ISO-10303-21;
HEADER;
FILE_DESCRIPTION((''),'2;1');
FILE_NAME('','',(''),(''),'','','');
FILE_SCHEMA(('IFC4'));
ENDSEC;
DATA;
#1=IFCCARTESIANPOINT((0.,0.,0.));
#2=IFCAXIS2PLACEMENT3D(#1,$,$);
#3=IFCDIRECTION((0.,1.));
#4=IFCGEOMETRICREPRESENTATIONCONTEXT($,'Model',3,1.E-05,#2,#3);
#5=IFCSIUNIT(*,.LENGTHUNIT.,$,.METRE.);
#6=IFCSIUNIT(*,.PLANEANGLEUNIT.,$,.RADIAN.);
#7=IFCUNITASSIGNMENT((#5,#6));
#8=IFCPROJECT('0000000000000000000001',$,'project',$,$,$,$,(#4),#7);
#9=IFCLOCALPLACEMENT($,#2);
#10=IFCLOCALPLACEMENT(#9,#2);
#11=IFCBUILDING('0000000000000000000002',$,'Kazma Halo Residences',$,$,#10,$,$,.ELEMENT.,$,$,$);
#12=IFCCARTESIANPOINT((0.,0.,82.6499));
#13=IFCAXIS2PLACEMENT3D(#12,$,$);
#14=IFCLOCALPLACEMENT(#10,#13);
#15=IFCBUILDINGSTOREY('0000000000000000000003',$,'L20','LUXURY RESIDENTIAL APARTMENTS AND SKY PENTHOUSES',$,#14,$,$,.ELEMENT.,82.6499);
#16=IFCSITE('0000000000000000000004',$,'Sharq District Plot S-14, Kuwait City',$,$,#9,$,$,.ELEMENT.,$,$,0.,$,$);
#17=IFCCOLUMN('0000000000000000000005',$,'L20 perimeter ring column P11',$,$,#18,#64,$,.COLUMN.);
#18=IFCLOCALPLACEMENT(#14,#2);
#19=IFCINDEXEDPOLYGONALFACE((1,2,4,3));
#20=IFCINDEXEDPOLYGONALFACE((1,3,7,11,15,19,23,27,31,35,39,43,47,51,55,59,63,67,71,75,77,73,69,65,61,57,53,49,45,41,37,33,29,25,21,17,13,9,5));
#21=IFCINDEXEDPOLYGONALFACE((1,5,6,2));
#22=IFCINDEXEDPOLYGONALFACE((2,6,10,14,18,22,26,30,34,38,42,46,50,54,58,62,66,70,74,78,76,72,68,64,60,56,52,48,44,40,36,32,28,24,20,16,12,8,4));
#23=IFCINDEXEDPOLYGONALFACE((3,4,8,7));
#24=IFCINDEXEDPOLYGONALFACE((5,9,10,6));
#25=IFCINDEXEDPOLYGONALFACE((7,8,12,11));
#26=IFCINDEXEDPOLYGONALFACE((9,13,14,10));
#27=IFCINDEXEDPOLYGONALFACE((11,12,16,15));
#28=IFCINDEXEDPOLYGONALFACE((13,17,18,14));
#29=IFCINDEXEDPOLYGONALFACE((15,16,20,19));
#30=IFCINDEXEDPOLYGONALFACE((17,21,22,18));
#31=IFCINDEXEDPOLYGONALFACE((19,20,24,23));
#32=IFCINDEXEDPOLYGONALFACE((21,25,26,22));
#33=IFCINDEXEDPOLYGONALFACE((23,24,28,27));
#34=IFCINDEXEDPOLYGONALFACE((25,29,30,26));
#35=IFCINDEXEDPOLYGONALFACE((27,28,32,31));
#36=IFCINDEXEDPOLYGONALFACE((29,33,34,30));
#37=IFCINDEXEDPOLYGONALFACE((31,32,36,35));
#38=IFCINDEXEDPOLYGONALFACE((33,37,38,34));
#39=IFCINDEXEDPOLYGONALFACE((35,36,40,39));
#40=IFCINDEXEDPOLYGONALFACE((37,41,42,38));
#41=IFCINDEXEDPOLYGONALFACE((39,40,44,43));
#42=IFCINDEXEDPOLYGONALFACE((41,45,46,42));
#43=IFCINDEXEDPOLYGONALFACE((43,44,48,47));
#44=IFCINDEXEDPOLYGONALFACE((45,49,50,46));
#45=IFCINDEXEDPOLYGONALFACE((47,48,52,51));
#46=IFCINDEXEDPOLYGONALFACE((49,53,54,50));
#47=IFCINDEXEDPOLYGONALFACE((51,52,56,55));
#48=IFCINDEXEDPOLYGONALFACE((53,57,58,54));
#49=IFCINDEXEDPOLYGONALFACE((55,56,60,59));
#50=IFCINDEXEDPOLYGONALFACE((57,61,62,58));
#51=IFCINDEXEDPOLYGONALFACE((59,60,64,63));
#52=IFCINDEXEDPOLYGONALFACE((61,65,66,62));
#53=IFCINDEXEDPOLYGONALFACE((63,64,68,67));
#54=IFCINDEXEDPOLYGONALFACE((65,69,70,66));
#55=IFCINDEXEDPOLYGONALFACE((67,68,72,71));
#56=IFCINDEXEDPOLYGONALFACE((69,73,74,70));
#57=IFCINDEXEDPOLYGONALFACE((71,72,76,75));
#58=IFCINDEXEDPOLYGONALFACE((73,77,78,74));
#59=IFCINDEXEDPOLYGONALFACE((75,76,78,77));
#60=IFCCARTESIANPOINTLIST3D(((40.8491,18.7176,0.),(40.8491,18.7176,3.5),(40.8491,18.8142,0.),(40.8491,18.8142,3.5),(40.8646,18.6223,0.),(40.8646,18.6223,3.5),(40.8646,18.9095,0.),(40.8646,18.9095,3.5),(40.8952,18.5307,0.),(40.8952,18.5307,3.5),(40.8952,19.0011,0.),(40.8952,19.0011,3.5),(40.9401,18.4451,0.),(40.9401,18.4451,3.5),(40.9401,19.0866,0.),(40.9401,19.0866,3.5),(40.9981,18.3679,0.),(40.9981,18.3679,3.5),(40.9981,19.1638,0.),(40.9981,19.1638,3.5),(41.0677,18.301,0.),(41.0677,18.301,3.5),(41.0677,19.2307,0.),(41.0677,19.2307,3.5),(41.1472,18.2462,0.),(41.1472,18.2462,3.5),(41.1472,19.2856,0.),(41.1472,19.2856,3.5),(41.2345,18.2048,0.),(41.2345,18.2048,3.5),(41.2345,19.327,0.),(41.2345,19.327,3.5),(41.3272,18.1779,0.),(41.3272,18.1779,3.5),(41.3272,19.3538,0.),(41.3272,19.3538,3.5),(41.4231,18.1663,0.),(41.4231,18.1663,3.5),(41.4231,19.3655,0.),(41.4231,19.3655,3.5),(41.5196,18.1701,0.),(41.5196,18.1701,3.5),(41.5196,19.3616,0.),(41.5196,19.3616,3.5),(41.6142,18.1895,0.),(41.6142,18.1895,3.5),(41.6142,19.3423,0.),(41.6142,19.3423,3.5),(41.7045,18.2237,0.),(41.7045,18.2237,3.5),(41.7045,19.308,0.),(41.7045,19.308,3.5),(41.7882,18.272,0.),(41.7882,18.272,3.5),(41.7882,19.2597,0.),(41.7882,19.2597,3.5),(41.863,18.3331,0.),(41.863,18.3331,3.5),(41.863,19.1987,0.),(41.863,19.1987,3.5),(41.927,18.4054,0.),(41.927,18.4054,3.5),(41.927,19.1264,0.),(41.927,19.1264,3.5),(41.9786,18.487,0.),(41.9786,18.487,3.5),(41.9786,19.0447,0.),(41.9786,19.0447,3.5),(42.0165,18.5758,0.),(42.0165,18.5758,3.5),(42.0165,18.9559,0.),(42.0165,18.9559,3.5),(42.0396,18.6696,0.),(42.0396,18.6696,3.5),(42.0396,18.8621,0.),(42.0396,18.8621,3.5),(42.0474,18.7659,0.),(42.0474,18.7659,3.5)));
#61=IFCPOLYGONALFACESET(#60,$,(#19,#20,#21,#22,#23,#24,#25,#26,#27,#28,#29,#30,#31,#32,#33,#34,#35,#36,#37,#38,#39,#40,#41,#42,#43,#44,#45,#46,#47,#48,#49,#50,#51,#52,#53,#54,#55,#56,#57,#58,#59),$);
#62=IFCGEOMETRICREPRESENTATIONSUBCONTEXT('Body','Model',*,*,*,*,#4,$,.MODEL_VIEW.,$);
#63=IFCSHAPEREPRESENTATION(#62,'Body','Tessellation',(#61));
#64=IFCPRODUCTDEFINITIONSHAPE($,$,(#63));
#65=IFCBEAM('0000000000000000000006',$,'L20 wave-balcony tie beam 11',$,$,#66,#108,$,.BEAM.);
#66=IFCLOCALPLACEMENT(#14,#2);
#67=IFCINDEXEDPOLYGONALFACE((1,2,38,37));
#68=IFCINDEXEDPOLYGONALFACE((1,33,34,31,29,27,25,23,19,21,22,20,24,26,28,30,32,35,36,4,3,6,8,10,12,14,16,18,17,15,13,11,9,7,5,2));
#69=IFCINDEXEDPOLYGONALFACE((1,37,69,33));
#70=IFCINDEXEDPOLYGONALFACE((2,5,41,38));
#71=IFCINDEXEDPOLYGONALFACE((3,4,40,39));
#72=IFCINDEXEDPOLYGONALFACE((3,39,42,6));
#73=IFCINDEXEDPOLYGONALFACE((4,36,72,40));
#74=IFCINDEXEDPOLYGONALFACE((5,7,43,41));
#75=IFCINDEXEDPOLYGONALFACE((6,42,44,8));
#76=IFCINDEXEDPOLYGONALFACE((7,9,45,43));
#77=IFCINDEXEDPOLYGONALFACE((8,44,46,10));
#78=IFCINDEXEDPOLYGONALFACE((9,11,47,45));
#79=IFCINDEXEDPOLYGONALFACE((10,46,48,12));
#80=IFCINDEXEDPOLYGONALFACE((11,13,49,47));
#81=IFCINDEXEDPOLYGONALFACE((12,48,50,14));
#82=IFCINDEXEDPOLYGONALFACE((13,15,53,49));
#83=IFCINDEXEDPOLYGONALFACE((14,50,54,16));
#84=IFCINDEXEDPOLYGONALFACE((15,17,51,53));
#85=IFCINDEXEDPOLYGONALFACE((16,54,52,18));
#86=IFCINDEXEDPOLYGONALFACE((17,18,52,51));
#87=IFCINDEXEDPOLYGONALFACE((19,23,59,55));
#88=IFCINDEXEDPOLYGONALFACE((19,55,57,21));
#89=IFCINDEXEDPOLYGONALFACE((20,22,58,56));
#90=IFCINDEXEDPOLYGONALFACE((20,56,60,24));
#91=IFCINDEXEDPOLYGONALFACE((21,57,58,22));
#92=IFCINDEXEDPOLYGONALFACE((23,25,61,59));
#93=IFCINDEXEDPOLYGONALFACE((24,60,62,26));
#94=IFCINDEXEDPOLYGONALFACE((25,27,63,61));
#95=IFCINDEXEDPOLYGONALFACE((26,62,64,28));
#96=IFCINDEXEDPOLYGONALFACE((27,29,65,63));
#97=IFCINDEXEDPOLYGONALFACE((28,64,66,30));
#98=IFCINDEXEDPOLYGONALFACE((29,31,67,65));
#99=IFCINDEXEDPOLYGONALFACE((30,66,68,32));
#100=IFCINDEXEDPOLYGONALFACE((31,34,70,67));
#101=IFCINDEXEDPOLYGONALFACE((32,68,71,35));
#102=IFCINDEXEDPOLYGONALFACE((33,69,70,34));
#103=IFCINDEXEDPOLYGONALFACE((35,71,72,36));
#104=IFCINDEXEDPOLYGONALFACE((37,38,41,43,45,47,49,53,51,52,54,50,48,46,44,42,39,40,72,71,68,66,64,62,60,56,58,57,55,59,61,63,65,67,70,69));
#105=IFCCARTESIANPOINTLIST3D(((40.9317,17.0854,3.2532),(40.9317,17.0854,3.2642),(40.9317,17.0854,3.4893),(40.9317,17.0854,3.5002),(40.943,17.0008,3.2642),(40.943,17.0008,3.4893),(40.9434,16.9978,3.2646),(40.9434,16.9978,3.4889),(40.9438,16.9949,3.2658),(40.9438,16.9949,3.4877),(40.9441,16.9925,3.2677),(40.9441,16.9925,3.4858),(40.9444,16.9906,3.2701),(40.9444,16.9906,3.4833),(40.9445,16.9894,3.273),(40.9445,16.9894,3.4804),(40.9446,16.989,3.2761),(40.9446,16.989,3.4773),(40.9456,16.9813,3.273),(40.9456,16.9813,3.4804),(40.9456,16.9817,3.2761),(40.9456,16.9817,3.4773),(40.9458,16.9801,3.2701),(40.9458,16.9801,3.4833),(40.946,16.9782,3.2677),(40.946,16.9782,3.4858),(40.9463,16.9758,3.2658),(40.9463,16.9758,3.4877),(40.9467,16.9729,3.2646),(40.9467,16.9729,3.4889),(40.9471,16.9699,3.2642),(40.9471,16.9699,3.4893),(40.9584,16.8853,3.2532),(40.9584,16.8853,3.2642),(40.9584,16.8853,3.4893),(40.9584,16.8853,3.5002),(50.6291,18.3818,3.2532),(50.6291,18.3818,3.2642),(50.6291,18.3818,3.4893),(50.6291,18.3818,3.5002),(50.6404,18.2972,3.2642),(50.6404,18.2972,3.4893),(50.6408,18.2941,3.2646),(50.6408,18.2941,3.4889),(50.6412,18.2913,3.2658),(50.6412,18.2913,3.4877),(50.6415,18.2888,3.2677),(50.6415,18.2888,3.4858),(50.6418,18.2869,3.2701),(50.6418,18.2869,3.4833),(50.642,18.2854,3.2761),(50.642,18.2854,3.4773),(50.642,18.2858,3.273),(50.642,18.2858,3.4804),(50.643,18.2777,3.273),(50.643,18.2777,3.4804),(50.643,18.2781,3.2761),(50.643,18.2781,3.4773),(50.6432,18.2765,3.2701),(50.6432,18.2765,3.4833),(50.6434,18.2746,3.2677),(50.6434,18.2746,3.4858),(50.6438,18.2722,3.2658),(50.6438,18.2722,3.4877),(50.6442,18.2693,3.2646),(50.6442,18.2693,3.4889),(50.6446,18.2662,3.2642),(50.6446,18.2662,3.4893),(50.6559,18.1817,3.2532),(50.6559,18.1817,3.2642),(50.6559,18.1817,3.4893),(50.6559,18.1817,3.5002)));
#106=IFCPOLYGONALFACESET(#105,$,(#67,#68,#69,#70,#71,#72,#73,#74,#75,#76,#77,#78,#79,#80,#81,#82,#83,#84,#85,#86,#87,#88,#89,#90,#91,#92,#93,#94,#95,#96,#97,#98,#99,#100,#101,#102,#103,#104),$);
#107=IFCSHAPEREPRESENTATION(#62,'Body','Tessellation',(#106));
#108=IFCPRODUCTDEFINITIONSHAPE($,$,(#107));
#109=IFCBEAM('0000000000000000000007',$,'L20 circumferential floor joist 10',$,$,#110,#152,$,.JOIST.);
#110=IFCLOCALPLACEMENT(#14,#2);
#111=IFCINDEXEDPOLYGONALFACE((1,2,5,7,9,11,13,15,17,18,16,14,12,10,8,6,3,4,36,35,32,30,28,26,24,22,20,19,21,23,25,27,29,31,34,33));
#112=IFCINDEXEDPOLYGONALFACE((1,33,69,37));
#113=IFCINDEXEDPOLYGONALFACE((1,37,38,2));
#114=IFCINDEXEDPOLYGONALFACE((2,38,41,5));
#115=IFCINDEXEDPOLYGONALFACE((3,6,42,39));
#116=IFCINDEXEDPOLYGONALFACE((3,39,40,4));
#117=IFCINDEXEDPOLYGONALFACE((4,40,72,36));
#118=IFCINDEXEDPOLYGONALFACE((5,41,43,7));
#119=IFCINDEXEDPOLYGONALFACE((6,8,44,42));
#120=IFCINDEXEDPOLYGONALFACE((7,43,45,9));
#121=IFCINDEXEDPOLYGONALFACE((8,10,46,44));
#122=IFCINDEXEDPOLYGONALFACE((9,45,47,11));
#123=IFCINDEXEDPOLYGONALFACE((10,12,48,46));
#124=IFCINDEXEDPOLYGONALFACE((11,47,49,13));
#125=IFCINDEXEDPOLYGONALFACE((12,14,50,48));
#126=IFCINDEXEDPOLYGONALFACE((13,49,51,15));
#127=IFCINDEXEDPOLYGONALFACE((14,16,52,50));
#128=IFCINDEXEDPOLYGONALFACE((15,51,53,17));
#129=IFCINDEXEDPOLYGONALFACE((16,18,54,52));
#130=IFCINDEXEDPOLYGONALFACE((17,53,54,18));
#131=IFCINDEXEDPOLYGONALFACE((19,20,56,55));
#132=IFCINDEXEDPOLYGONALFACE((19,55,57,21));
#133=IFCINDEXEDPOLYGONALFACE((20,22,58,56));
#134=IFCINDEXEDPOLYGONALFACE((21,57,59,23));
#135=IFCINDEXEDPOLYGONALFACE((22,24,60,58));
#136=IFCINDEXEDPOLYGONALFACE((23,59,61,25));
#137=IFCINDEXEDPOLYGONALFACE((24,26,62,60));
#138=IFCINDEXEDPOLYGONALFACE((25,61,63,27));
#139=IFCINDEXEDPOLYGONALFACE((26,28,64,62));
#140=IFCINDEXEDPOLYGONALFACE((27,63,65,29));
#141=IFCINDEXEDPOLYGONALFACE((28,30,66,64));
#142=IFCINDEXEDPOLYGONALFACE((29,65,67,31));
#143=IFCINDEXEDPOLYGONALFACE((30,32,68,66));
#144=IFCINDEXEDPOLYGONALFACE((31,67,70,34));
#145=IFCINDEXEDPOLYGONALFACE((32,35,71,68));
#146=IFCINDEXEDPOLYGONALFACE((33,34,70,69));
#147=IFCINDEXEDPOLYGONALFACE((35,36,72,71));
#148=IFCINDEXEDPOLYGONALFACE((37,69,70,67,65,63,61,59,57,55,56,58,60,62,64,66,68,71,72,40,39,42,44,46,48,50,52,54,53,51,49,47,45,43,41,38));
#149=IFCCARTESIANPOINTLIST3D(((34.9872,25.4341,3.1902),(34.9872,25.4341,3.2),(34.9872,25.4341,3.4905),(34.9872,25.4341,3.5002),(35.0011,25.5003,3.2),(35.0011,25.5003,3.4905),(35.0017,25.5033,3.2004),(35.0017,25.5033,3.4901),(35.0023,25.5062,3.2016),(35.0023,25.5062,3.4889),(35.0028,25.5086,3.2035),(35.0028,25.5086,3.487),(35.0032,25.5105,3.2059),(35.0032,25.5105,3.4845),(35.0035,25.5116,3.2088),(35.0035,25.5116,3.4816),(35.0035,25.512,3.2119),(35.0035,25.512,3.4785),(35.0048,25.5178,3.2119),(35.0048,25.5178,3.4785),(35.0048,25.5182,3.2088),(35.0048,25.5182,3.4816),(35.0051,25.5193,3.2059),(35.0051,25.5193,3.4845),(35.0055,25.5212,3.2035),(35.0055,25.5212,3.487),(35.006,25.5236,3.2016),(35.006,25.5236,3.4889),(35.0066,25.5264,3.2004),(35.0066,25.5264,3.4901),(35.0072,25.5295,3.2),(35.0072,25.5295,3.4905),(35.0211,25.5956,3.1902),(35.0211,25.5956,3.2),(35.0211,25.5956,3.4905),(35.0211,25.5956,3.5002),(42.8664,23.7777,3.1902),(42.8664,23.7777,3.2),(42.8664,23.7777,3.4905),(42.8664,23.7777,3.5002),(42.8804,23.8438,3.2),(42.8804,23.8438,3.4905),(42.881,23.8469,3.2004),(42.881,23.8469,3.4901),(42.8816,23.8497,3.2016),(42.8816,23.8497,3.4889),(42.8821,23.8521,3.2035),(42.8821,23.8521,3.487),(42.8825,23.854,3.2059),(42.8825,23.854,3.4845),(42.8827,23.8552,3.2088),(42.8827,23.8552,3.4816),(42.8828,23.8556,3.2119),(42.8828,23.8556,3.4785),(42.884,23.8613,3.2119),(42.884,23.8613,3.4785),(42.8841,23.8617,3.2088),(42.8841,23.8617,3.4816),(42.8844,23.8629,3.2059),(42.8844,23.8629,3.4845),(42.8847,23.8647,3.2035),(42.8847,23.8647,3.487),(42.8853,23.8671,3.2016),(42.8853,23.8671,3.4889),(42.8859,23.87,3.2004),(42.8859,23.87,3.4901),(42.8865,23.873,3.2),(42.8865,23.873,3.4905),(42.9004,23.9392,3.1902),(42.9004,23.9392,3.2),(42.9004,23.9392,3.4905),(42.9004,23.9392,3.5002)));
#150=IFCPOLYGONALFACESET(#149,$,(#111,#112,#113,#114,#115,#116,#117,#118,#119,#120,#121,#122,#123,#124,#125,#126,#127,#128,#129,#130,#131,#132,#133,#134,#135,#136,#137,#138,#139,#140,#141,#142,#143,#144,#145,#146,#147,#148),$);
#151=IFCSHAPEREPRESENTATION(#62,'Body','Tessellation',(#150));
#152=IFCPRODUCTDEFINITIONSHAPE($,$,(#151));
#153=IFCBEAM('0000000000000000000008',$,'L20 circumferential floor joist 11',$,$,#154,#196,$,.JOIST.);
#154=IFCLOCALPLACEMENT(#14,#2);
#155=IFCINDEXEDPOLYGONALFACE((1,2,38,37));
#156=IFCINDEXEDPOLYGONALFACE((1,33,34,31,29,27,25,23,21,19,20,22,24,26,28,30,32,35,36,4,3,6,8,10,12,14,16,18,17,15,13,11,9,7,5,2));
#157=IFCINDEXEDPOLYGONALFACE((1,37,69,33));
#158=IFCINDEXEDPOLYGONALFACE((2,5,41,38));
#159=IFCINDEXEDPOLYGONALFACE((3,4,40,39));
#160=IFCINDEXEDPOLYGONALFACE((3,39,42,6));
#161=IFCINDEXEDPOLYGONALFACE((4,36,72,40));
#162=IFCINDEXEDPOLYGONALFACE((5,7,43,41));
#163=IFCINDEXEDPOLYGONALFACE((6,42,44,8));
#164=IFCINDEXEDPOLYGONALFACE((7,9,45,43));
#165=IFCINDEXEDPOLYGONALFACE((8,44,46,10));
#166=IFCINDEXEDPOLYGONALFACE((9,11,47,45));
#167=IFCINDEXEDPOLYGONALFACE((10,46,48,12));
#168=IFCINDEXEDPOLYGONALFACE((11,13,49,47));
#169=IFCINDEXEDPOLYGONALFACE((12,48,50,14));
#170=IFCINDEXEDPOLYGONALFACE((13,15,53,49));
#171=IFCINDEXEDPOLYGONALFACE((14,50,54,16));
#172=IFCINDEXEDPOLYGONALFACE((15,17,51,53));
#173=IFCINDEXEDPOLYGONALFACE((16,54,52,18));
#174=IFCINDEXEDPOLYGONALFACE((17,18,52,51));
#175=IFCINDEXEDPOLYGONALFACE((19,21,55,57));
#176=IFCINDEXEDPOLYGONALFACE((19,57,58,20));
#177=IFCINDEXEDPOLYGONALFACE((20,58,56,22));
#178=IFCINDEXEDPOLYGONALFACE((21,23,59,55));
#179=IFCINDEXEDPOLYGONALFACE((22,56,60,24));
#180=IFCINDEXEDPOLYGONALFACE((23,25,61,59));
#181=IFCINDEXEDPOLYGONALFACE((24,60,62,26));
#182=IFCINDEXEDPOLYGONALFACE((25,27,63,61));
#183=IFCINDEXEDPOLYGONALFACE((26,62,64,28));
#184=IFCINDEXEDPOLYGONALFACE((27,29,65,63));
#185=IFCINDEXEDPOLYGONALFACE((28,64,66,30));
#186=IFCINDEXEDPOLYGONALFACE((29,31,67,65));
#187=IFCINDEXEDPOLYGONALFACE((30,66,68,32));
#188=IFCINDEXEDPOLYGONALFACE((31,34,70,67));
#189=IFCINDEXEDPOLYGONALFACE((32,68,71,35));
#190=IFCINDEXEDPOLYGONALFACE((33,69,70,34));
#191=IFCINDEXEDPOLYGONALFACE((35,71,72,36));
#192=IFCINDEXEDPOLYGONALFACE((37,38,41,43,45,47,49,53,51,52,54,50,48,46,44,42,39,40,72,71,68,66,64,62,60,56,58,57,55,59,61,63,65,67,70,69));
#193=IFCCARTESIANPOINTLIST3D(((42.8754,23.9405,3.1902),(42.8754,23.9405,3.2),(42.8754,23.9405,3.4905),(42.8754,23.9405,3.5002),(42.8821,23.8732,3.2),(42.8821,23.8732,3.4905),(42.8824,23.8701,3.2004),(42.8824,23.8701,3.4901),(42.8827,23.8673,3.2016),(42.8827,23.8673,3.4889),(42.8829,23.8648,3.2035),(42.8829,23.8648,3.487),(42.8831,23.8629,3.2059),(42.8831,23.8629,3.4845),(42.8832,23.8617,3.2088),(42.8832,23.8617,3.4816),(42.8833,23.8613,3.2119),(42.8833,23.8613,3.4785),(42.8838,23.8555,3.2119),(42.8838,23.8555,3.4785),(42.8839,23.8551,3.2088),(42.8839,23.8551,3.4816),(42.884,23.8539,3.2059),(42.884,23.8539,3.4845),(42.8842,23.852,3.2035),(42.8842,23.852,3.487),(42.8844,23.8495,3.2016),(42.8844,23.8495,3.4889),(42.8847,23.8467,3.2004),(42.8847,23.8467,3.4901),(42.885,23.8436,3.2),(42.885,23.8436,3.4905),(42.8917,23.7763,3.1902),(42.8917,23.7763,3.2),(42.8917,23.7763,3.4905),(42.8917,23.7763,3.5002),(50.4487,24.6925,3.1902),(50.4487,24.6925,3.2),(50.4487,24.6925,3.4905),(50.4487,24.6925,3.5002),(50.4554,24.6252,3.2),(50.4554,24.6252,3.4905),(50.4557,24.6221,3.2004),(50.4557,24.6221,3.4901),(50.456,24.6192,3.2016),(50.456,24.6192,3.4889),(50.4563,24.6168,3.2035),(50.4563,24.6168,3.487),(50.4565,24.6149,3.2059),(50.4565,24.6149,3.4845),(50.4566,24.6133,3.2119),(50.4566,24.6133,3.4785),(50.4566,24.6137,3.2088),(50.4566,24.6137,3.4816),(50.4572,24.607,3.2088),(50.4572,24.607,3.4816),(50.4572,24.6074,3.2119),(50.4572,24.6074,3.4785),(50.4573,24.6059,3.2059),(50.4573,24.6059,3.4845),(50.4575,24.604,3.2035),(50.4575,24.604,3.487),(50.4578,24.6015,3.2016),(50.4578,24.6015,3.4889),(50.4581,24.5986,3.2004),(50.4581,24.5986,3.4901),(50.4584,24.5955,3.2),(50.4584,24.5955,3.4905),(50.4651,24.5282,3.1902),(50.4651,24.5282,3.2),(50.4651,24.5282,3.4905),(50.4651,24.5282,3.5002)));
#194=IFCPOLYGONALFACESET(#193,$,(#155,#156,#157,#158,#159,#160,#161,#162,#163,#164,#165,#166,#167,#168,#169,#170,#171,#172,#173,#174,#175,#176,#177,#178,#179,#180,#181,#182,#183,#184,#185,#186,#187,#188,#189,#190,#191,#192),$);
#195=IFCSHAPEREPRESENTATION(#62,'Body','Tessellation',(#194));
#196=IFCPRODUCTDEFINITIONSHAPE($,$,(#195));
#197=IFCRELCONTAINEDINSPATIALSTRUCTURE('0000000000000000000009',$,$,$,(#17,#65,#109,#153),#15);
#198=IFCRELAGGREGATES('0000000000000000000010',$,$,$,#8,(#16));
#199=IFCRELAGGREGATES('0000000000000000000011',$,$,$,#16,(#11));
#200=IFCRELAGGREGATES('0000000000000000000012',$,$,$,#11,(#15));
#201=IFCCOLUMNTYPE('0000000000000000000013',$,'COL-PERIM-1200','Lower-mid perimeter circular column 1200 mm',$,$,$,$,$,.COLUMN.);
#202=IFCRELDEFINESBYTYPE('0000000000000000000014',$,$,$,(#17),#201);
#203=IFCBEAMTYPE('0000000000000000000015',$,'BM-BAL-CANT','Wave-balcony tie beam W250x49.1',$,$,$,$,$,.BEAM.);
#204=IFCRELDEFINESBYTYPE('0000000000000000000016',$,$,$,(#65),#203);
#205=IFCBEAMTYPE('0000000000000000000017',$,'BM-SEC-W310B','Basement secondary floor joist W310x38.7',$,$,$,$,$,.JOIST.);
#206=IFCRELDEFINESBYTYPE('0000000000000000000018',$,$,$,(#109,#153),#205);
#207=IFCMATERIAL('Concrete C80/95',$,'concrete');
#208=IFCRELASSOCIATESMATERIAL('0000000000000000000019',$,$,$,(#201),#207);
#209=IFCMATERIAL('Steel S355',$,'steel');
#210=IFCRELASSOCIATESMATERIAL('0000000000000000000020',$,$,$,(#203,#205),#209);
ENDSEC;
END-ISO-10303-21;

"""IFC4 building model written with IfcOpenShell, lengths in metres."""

from ifc_helpers import new_model, si_unit, direction, frame, origin, origin_2d, place, context, subcontext, project, spatial, circle, i_section, extrude, material, material_profile, profile_set, type_object, element, save


model = new_model("IFC4")

# Units and contexts
model_context = context("Model", 3, precision=1e-05, world=origin(), true_north=direction((0.0, 1.0)))
body_context = subcontext(model_context, "Body", "Model", "MODEL_VIEW")
ifc_project = project(units=[si_unit("LENGTHUNIT", "METRE"), si_unit("PLANEANGLEUNIT", "RADIAN")], contexts=[model_context])

# Site, building, storey
site_placement = place(None, origin())
site = spatial("IfcSite", under=ifc_project, at=site_placement, Name="Sharq District Plot S-14, Kuwait City", CompositionType="ELEMENT", RefElevation=0.0)
building_placement = place(site_placement, origin())
building = spatial("IfcBuilding", under=site, at=building_placement, Name="Kazma Halo Residences", CompositionType="ELEMENT")
storey_placement = place(building_placement, frame((0.0, 0.0, 82.6499)))
storey = spatial("IfcBuildingStorey", under=building, at=storey_placement, Name="L20", Description="LUXURY RESIDENTIAL APARTMENTS AND SKY PENTHOUSES", CompositionType="ELEMENT", Elevation=82.6499)

# Column
ifc_material_1 = material(Name="Concrete C80/95", Category="concrete")
ifc_material_profile_1 = material_profile(ifc_material_1, circle(Radius=0.6001, at=origin_2d()), Name="CIRC1200")
ifc_profile_set_1 = profile_set([ifc_material_profile_1], Name="Concrete C80/95")
column_type = type_object("IfcColumnType", Name="COL-PERIM-1200", Description="Lower-mid perimeter circular column 1200 mm", PredefinedType="COLUMN", material=ifc_profile_set_1)
column_placement = place(storey_placement, frame((41.4473, 18.7659, 0.0), z_axis=(0.0, 0.0, 1.0), x_axis=(1.0, 0.0, 0.0)))
element("IfcColumn", 1, at=column_placement, inside=storey, type_object=column_type, Name="L20 perimeter ring column P11", PredefinedType="COLUMN", context=body_context, shape_type="SweptSolid", body=[
    extrude(circle(Radius=0.6001, at=origin_2d()), origin(), (0.0, 0.0, 1.0), 3.5),
])

# Beams
ifc_material_2 = material(Name="Steel S355", Category="steel")
ifc_material_profile_2 = material_profile(ifc_material_2, i_section(OverallWidth=0.2019, OverallDepth=0.2471, WebThickness=0.0073, FlangeThickness=0.011, FilletRadius=0.012, at=origin_2d()), Name="W250x49.1")
ifc_profile_set_2 = profile_set([ifc_material_profile_2], Name="Steel S355")
beam_type_1 = type_object("IfcBeamType", Name="BM-BAL-CANT", Description="Wave-balcony tie beam W250x49.1", PredefinedType="BEAM", material=ifc_profile_set_2)
beam_1_placement = place(storey_placement, frame((40.9451, 16.9854, 3.3767), z_axis=(0.991183, 0.132504, 0.0), x_axis=(-0.132504, 0.991183, 0.0)))
element("IfcBeam", 2, at=beam_1_placement, inside=storey, type_object=beam_type_1, Name="L20 wave-balcony tie beam 11", PredefinedType="BEAM", context=body_context, shape_type="SweptSolid", body=[
    extrude(i_section(OverallWidth=0.2019, OverallDepth=0.2471, WebThickness=0.0073, FlangeThickness=0.011, FilletRadius=0.012, at=origin_2d()), origin(), (0.0, 0.0, 1.0), 9.7837),
])
ifc_material_profile_3 = material_profile(ifc_material_2, i_section(OverallWidth=0.165, OverallDepth=0.3101, WebThickness=0.0059, FlangeThickness=0.0098, FilletRadius=0.012, at=origin_2d()), Name="W310x38.7")
ifc_profile_set_3 = profile_set([ifc_material_profile_3], Name="Steel S355")
beam_type_2 = type_object("IfcBeamType", Name="BM-SEC-W310B", Description="Basement secondary floor joist W310x38.7", PredefinedType="JOIST", material=ifc_profile_set_3)
beam_2_placement = place(storey_placement, frame((35.0042, 25.5149, 3.3452), z_axis=(0.978608, -0.205734, 0.0), x_axis=(0.205734, 0.978608, 0.0)))
element("IfcBeam", 3, at=beam_2_placement, inside=storey, type_object=beam_type_2, Name="L20 circumferential floor joist 10", PredefinedType="JOIST", context=body_context, shape_type="SweptSolid", body=[
    extrude(i_section(OverallWidth=0.165, OverallDepth=0.3101, WebThickness=0.0059, FlangeThickness=0.0098, FilletRadius=0.012, at=origin_2d()), origin(), (0.0, 0.0, 1.0), 8.0515),
])
beam_3_placement = place(storey_placement, frame((42.8835, 23.8584, 3.3452), z_axis=(0.995107, 0.098805, 0.0), x_axis=(-0.098805, 0.995107, 0.0)))
element("IfcBeam", 4, at=beam_3_placement, inside=storey, type_object=beam_type_2, Name="L20 circumferential floor joist 11", PredefinedType="JOIST", context=body_context, shape_type="SweptSolid", body=[
    extrude(i_section(OverallWidth=0.165, OverallDepth=0.3101, WebThickness=0.0059, FlangeThickness=0.0098, FilletRadius=0.012, at=origin_2d()), origin(), (0.0, 0.0, 1.0), 7.6106),
])

save(model, "model.ifc")
